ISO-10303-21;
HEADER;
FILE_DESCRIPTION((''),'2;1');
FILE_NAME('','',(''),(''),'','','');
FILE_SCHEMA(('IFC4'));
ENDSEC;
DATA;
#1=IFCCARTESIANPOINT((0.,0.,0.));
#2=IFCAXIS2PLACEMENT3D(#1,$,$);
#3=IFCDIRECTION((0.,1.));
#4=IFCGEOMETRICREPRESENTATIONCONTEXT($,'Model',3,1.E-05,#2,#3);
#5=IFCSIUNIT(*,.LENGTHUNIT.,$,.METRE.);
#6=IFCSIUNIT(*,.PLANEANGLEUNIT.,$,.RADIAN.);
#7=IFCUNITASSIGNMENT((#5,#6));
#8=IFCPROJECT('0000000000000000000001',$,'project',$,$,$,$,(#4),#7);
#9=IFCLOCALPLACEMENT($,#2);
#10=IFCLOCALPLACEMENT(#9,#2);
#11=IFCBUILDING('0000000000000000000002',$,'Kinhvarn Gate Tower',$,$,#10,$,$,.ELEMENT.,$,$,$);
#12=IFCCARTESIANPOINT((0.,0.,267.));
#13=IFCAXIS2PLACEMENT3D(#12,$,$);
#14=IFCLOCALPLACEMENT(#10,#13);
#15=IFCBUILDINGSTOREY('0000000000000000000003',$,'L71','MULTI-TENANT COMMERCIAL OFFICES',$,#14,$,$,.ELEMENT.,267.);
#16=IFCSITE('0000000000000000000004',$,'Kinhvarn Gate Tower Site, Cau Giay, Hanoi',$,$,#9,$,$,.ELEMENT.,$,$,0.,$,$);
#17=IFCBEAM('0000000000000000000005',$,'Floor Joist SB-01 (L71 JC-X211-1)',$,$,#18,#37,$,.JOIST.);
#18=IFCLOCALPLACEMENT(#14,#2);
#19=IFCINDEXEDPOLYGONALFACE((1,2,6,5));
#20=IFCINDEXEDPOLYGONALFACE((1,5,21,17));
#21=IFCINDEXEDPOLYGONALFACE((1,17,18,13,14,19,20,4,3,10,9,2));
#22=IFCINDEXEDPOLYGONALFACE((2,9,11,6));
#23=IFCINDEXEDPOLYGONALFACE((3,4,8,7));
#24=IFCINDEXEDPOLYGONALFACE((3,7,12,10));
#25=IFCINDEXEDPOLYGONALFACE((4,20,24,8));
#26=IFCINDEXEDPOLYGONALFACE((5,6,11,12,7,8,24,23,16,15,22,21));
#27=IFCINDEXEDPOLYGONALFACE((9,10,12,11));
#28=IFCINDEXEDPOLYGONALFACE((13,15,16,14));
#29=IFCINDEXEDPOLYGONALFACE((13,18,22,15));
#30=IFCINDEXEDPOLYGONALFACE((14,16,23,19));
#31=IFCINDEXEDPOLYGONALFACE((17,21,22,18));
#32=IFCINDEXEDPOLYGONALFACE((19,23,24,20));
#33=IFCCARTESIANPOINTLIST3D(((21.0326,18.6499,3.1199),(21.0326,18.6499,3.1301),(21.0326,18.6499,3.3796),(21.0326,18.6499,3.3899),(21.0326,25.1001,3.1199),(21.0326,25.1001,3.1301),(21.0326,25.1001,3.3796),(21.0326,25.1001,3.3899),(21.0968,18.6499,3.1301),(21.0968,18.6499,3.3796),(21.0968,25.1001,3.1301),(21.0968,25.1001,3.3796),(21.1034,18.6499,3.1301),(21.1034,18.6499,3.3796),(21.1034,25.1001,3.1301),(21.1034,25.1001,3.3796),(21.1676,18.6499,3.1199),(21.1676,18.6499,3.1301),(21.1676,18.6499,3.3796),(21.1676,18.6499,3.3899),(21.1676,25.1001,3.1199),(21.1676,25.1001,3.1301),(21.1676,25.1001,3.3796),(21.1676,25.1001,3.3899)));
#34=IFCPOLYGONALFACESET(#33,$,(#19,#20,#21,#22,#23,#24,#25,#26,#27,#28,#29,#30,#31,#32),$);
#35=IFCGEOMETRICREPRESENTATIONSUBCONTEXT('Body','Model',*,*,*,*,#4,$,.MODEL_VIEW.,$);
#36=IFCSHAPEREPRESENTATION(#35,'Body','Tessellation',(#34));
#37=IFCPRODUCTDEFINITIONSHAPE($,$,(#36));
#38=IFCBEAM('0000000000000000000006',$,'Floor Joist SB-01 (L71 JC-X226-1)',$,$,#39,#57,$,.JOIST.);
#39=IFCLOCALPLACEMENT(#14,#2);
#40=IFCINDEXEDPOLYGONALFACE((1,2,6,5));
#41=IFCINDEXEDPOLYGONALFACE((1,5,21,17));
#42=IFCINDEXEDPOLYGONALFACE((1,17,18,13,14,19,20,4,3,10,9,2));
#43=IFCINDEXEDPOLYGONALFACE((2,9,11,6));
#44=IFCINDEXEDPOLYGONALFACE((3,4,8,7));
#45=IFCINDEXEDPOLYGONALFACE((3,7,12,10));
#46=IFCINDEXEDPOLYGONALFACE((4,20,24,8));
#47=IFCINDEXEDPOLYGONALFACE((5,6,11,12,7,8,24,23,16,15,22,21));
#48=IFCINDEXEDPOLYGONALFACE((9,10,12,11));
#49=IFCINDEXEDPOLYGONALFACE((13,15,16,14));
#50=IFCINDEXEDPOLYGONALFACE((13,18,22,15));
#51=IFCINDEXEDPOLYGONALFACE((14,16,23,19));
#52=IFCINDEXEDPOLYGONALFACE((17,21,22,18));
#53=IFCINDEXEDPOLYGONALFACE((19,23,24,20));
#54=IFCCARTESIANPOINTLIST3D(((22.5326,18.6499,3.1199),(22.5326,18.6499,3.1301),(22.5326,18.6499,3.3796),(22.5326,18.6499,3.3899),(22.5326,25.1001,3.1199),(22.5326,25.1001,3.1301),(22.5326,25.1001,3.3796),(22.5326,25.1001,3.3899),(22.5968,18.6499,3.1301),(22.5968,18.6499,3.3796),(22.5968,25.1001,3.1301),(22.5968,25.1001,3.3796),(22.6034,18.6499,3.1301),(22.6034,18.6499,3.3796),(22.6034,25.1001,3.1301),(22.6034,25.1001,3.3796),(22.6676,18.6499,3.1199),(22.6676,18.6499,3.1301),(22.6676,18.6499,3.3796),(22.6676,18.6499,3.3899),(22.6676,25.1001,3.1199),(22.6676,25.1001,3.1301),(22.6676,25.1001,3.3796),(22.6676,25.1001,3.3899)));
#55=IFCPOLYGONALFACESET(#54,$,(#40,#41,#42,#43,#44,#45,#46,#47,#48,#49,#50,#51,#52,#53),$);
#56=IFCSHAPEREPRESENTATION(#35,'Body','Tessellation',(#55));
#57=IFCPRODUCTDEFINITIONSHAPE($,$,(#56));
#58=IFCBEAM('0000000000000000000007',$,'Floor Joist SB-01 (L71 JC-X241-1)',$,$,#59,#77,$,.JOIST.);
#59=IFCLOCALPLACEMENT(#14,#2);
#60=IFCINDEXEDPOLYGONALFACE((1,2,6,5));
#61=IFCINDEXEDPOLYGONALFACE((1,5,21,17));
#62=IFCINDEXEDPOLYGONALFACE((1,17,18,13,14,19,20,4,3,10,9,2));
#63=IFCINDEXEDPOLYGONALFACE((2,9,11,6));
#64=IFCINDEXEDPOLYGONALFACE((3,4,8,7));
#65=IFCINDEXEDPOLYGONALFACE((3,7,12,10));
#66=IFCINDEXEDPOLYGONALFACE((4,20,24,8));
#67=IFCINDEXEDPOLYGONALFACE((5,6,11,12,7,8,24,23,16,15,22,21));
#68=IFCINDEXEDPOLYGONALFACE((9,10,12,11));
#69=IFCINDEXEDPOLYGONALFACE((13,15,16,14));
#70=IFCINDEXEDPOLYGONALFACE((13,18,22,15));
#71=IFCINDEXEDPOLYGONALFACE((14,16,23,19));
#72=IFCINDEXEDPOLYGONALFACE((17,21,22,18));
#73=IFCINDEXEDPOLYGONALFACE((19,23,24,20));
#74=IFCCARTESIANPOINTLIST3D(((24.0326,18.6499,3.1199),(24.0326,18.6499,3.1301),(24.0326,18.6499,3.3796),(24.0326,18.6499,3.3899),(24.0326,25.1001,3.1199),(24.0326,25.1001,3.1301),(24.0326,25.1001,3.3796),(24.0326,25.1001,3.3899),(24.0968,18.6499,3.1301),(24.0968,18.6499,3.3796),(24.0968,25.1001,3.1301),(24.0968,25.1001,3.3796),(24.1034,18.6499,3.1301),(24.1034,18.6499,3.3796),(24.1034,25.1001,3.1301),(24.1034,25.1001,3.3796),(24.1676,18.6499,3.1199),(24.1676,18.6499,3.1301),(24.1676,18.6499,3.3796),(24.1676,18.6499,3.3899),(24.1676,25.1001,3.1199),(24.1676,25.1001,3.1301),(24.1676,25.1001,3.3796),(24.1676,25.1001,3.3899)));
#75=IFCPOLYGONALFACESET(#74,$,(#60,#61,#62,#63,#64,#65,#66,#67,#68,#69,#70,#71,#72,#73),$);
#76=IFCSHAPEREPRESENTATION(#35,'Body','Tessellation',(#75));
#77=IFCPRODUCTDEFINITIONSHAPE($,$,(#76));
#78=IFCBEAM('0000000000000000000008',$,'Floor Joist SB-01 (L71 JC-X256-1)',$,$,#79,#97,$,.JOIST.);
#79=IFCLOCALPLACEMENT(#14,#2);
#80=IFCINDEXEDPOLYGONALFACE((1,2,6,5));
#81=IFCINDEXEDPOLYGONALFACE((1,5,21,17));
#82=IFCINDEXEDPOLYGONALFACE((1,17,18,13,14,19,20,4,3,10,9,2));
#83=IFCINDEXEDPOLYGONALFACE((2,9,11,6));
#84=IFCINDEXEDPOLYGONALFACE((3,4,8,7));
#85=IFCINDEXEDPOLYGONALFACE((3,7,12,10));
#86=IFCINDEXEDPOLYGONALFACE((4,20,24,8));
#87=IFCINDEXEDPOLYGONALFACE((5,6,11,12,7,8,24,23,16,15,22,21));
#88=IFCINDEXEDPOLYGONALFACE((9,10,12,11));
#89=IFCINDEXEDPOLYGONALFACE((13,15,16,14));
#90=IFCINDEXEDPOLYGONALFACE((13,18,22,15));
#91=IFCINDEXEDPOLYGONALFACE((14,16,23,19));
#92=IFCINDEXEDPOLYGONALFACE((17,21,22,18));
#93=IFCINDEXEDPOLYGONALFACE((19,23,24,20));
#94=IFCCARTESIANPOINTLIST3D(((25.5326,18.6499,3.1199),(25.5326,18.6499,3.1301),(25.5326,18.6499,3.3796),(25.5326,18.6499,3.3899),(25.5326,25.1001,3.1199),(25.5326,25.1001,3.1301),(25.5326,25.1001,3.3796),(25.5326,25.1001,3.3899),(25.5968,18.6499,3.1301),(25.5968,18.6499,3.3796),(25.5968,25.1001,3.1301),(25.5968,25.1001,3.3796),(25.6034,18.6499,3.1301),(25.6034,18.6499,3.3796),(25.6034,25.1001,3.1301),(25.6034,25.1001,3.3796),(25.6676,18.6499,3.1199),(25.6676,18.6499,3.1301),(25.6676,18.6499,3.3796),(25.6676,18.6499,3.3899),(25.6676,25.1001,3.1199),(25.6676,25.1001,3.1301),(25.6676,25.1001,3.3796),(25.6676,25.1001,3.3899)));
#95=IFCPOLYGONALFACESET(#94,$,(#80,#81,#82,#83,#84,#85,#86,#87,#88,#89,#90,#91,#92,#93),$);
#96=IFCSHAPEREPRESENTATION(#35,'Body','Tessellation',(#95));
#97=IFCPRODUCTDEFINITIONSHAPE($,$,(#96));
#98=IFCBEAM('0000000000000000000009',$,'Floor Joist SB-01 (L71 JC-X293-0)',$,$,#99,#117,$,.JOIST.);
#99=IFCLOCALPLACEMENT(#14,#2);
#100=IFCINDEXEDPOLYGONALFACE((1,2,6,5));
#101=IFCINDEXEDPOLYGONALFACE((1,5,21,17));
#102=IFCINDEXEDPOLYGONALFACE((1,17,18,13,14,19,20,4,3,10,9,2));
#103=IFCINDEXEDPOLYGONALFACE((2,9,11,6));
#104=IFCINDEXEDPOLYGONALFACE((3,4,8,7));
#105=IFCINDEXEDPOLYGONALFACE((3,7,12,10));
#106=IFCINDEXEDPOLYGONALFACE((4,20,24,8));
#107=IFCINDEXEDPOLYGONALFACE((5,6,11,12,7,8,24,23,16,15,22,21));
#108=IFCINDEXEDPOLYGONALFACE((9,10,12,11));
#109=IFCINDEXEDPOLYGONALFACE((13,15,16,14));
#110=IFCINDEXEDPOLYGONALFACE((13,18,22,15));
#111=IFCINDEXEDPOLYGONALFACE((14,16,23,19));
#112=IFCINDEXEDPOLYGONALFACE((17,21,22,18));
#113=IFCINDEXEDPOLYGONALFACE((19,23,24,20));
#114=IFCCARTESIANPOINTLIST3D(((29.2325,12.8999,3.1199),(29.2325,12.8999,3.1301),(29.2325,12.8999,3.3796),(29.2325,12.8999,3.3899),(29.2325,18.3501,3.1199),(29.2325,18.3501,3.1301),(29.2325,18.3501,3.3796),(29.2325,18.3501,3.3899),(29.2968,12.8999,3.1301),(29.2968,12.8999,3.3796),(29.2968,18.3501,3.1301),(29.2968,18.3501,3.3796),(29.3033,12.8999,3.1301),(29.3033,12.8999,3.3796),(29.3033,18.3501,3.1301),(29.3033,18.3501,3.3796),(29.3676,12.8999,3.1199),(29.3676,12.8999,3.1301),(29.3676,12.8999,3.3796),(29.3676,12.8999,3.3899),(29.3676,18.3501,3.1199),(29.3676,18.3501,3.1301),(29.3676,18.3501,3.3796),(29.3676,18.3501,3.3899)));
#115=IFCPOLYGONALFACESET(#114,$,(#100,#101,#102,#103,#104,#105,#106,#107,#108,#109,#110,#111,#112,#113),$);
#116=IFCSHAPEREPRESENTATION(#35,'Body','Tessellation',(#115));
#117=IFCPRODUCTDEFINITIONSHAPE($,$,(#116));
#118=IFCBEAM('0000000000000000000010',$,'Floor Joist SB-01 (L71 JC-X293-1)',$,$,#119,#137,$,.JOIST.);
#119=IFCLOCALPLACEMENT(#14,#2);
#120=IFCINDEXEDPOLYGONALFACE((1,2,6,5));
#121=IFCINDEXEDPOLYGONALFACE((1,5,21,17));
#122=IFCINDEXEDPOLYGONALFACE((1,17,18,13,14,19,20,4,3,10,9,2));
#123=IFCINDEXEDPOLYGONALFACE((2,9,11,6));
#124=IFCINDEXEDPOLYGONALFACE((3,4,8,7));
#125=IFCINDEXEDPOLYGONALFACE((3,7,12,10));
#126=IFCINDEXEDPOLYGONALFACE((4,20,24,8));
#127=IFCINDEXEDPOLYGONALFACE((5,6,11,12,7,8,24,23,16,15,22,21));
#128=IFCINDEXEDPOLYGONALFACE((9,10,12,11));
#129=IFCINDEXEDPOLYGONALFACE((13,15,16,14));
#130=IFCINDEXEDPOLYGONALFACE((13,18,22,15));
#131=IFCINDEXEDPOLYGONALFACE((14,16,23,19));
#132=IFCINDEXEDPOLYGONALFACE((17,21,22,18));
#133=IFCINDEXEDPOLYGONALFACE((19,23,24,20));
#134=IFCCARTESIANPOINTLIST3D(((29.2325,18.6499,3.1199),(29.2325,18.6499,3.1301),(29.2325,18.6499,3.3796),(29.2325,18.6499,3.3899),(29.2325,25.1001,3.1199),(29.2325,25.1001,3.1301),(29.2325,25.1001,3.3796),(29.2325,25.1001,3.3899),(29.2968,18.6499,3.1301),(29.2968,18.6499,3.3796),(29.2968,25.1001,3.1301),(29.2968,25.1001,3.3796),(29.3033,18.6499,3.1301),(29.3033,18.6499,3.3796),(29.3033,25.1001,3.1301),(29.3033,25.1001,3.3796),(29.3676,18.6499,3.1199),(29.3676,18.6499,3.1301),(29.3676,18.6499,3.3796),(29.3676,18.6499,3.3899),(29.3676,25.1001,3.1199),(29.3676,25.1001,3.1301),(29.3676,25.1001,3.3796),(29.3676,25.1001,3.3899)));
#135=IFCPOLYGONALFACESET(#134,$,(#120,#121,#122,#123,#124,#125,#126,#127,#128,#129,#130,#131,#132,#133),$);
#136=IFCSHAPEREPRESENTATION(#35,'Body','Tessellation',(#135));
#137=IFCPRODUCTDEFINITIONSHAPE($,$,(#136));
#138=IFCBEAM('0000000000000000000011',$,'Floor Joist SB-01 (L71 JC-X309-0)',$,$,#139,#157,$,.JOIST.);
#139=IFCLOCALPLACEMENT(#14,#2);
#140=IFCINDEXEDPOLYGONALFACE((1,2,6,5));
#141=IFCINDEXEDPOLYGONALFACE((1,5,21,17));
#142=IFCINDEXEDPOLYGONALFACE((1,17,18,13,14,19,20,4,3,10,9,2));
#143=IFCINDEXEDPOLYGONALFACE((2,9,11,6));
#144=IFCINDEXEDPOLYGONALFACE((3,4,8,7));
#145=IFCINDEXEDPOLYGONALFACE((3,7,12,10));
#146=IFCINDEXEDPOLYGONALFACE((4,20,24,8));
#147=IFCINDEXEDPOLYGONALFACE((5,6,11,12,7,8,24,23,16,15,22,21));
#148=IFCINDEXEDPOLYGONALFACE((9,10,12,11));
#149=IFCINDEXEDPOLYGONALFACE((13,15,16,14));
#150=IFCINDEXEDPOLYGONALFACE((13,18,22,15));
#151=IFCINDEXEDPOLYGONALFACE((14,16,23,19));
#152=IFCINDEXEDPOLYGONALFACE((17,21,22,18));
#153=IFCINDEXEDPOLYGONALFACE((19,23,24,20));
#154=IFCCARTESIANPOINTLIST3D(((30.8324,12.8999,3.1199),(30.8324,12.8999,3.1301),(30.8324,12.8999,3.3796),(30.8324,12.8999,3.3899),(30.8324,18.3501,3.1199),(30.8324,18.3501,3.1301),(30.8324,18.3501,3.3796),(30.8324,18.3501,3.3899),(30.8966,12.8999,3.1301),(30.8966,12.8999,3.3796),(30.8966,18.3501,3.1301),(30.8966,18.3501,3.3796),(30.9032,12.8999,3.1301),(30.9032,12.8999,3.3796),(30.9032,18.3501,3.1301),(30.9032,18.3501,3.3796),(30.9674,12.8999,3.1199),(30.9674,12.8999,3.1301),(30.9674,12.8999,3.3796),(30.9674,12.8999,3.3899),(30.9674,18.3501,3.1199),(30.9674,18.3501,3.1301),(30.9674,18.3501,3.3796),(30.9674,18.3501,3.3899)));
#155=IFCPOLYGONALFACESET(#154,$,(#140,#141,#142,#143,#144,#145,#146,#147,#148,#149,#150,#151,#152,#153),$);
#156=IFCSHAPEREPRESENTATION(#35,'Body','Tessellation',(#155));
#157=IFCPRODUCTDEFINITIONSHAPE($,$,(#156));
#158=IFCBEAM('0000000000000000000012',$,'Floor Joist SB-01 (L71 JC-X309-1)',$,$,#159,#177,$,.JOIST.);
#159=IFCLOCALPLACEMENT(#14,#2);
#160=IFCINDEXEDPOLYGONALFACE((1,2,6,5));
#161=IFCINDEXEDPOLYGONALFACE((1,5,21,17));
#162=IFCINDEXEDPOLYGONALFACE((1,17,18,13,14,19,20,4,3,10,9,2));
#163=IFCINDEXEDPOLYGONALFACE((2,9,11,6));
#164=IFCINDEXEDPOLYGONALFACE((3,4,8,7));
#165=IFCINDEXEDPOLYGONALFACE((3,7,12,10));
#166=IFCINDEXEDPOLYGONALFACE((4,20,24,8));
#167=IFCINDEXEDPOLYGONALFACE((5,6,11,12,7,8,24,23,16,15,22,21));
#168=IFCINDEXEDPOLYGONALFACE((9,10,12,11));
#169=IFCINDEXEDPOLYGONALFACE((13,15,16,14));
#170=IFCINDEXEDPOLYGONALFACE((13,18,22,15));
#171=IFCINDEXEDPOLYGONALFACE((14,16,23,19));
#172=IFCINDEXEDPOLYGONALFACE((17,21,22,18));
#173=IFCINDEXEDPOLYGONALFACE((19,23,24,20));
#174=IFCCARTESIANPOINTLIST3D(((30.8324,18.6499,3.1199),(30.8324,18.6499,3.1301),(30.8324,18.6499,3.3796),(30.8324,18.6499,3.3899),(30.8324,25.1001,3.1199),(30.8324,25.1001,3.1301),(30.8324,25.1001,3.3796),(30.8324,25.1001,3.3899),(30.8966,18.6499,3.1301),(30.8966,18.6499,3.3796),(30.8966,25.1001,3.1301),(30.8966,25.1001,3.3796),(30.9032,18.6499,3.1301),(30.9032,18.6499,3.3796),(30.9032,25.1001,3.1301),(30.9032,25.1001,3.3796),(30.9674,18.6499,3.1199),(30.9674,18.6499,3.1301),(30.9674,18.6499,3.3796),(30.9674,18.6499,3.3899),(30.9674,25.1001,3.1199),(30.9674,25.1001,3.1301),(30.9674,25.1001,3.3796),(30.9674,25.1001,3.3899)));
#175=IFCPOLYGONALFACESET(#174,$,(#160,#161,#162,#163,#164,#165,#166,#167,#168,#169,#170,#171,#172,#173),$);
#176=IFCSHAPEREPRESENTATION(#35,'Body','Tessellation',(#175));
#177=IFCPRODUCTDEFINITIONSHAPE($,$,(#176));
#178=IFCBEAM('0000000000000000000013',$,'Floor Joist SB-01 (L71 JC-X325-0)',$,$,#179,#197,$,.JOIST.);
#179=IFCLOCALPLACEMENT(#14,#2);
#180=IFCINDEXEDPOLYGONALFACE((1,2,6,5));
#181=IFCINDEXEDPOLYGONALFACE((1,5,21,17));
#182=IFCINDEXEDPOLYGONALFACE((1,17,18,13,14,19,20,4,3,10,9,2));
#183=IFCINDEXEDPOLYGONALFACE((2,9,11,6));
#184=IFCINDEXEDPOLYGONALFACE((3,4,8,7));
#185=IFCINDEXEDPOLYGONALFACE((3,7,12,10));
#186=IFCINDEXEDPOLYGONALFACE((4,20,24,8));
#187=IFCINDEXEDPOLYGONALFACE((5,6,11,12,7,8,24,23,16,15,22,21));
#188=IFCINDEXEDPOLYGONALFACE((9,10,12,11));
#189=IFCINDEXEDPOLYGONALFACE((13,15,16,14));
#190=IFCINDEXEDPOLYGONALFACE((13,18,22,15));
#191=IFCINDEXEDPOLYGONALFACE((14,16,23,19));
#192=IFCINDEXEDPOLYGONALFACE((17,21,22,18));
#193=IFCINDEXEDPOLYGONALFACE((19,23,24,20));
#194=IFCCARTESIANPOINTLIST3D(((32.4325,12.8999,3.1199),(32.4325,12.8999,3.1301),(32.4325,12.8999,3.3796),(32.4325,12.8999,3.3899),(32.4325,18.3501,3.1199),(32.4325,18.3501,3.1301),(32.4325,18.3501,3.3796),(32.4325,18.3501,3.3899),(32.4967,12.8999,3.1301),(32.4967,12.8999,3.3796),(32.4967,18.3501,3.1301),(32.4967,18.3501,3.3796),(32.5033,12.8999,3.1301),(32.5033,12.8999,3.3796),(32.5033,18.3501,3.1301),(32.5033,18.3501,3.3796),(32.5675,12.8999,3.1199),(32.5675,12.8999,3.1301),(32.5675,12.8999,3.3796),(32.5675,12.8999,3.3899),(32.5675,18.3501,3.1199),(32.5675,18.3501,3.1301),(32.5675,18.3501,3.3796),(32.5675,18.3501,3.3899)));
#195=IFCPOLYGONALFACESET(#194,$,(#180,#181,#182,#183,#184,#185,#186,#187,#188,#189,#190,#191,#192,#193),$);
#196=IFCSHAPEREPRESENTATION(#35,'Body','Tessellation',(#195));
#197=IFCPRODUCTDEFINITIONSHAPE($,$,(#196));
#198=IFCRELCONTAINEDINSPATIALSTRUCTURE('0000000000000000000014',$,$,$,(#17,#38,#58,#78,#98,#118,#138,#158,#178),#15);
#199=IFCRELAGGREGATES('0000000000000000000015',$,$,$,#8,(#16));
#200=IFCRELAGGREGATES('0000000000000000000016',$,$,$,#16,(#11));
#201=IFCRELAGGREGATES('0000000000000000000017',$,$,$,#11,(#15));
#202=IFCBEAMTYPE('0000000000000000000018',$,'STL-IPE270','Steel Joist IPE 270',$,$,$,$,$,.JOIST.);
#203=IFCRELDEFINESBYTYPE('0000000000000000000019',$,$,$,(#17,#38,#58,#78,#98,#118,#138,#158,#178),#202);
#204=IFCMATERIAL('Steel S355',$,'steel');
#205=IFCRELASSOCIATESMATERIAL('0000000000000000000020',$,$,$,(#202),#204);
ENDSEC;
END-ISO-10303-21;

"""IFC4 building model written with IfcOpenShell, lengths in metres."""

from ifc_helpers import new_model, si_unit, direction, frame, origin, origin_2d, place, context, subcontext, project, spatial, i_section, extrude, material, material_profile, profile_set, type_object, element, save


model = new_model("IFC4")

# Units and contexts
model_context = context("Model", 3, precision=1e-05, world=origin(), true_north=direction((0.0, 1.0)))
body_context = subcontext(model_context, "Body", "Model", "MODEL_VIEW")
ifc_project = project(units=[si_unit("LENGTHUNIT", "METRE"), si_unit("PLANEANGLEUNIT", "RADIAN")], contexts=[model_context])

# Site, building, storey
site_placement = place(None, origin())
site = spatial("IfcSite", under=ifc_project, at=site_placement, Name="Kinhvarn Gate Tower Site, Cau Giay, Hanoi", CompositionType="ELEMENT", RefElevation=0.0)
building_placement = place(site_placement, origin())
building = spatial("IfcBuilding", under=site, at=building_placement, Name="Kinhvarn Gate Tower", CompositionType="ELEMENT")
storey_placement = place(building_placement, frame((0.0, 0.0, 267.0)))
storey = spatial("IfcBuildingStorey", under=building, at=storey_placement, Name="L71", Description="MULTI-TENANT COMMERCIAL OFFICES", CompositionType="ELEMENT", Elevation=267.0)

# Beams
ifc_material_1 = material(Name="Steel S355", Category="steel")
ifc_material_profile = material_profile(ifc_material_1, i_section(OverallWidth=0.135, OverallDepth=0.27, WebThickness=0.0066, FlangeThickness=0.0103, at=origin_2d()), Name="IPE 270")
ifc_profile_set = profile_set([ifc_material_profile], Name="Steel S355")
beam_type = type_object("IfcBeamType", Name="STL-IPE270", Description="Steel Joist IPE 270", PredefinedType="JOIST", material=ifc_profile_set)
for number, where, z_axis, x_axis, name in (
    (1, (21.1001, 18.6499, 3.2549), (0.0, 1.0, 0.0), (-1.0, 0.0, 0.0), "Floor Joist SB-01 (L71 JC-X211-1)"),
    (2, (22.6001, 18.6499, 3.2549), (0.0, 1.0, 0.0), (-1.0, 0.0, 0.0), "Floor Joist SB-01 (L71 JC-X226-1)"),
    (3, (24.1001, 18.6499, 3.2549), (0.0, 1.0, 0.0), (-1.0, 0.0, 0.0), "Floor Joist SB-01 (L71 JC-X241-1)"),
    (4, (25.6001, 18.6499, 3.2549), (0.0, 1.0, 0.0), (-1.0, 0.0, 0.0), "Floor Joist SB-01 (L71 JC-X256-1)"),
):
    element("IfcBeam", number, at=place(storey_placement, frame(where, z_axis=z_axis, x_axis=x_axis)), inside=storey, type_object=beam_type, Name=name, PredefinedType="JOIST", context=body_context, shape_type="SweptSolid", body=[
        extrude(i_section(OverallWidth=0.135, OverallDepth=0.27, WebThickness=0.0066, FlangeThickness=0.0103, at=origin_2d()), origin(), (0.0, 0.0, 1.0), 6.4502),
    ])
beam_1_placement = place(storey_placement, frame((29.3, 12.8999, 3.2549), z_axis=(0.0, 1.0, 0.0), x_axis=(-1.0, 0.0, 0.0)))
element("IfcBeam", 5, at=beam_1_placement, inside=storey, type_object=beam_type, Name="Floor Joist SB-01 (L71 JC-X293-0)", PredefinedType="JOIST", context=body_context, shape_type="SweptSolid", body=[
    extrude(i_section(OverallWidth=0.135, OverallDepth=0.27, WebThickness=0.0066, FlangeThickness=0.0103, at=origin_2d()), origin(), (0.0, 0.0, 1.0), 5.4502),
])
beam_2_placement = place(storey_placement, frame((29.3, 18.6499, 3.2549), z_axis=(0.0, 1.0, 0.0), x_axis=(-1.0, 0.0, 0.0)))
element("IfcBeam", 6, at=beam_2_placement, inside=storey, type_object=beam_type, Name="Floor Joist SB-01 (L71 JC-X293-1)", PredefinedType="JOIST", context=body_context, shape_type="SweptSolid", body=[
    extrude(i_section(OverallWidth=0.135, OverallDepth=0.27, WebThickness=0.0066, FlangeThickness=0.0103, at=origin_2d()), origin(), (0.0, 0.0, 1.0), 6.4502),
])
beam_3_placement = place(storey_placement, frame((30.8999, 12.8999, 3.2549), z_axis=(0.0, 1.0, 0.0), x_axis=(-1.0, 0.0, 0.0)))
element("IfcBeam", 7, at=beam_3_placement, inside=storey, type_object=beam_type, Name="Floor Joist SB-01 (L71 JC-X309-0)", PredefinedType="JOIST", context=body_context, shape_type="SweptSolid", body=[
    extrude(i_section(OverallWidth=0.135, OverallDepth=0.27, WebThickness=0.0066, FlangeThickness=0.0103, at=origin_2d()), origin(), (0.0, 0.0, 1.0), 5.4502),
])
beam_4_placement = place(storey_placement, frame((30.8999, 18.6499, 3.2549), z_axis=(0.0, 1.0, 0.0), x_axis=(-1.0, 0.0, 0.0)))
element("IfcBeam", 8, at=beam_4_placement, inside=storey, type_object=beam_type, Name="Floor Joist SB-01 (L71 JC-X309-1)", PredefinedType="JOIST", context=body_context, shape_type="SweptSolid", body=[
    extrude(i_section(OverallWidth=0.135, OverallDepth=0.27, WebThickness=0.0066, FlangeThickness=0.0103, at=origin_2d()), origin(), (0.0, 0.0, 1.0), 6.4502),
])
beam_5_placement = place(storey_placement, frame((32.5, 12.8999, 3.2549), z_axis=(0.0, 1.0, 0.0), x_axis=(-1.0, 0.0, 0.0)))
element("IfcBeam", 9, at=beam_5_placement, inside=storey, type_object=beam_type, Name="Floor Joist SB-01 (L71 JC-X325-0)", PredefinedType="JOIST", context=body_context, shape_type="SweptSolid", body=[
    extrude(i_section(OverallWidth=0.135, OverallDepth=0.27, WebThickness=0.0066, FlangeThickness=0.0103, at=origin_2d()), origin(), (0.0, 0.0, 1.0), 5.4502),
])

save(model, "model.ifc")
